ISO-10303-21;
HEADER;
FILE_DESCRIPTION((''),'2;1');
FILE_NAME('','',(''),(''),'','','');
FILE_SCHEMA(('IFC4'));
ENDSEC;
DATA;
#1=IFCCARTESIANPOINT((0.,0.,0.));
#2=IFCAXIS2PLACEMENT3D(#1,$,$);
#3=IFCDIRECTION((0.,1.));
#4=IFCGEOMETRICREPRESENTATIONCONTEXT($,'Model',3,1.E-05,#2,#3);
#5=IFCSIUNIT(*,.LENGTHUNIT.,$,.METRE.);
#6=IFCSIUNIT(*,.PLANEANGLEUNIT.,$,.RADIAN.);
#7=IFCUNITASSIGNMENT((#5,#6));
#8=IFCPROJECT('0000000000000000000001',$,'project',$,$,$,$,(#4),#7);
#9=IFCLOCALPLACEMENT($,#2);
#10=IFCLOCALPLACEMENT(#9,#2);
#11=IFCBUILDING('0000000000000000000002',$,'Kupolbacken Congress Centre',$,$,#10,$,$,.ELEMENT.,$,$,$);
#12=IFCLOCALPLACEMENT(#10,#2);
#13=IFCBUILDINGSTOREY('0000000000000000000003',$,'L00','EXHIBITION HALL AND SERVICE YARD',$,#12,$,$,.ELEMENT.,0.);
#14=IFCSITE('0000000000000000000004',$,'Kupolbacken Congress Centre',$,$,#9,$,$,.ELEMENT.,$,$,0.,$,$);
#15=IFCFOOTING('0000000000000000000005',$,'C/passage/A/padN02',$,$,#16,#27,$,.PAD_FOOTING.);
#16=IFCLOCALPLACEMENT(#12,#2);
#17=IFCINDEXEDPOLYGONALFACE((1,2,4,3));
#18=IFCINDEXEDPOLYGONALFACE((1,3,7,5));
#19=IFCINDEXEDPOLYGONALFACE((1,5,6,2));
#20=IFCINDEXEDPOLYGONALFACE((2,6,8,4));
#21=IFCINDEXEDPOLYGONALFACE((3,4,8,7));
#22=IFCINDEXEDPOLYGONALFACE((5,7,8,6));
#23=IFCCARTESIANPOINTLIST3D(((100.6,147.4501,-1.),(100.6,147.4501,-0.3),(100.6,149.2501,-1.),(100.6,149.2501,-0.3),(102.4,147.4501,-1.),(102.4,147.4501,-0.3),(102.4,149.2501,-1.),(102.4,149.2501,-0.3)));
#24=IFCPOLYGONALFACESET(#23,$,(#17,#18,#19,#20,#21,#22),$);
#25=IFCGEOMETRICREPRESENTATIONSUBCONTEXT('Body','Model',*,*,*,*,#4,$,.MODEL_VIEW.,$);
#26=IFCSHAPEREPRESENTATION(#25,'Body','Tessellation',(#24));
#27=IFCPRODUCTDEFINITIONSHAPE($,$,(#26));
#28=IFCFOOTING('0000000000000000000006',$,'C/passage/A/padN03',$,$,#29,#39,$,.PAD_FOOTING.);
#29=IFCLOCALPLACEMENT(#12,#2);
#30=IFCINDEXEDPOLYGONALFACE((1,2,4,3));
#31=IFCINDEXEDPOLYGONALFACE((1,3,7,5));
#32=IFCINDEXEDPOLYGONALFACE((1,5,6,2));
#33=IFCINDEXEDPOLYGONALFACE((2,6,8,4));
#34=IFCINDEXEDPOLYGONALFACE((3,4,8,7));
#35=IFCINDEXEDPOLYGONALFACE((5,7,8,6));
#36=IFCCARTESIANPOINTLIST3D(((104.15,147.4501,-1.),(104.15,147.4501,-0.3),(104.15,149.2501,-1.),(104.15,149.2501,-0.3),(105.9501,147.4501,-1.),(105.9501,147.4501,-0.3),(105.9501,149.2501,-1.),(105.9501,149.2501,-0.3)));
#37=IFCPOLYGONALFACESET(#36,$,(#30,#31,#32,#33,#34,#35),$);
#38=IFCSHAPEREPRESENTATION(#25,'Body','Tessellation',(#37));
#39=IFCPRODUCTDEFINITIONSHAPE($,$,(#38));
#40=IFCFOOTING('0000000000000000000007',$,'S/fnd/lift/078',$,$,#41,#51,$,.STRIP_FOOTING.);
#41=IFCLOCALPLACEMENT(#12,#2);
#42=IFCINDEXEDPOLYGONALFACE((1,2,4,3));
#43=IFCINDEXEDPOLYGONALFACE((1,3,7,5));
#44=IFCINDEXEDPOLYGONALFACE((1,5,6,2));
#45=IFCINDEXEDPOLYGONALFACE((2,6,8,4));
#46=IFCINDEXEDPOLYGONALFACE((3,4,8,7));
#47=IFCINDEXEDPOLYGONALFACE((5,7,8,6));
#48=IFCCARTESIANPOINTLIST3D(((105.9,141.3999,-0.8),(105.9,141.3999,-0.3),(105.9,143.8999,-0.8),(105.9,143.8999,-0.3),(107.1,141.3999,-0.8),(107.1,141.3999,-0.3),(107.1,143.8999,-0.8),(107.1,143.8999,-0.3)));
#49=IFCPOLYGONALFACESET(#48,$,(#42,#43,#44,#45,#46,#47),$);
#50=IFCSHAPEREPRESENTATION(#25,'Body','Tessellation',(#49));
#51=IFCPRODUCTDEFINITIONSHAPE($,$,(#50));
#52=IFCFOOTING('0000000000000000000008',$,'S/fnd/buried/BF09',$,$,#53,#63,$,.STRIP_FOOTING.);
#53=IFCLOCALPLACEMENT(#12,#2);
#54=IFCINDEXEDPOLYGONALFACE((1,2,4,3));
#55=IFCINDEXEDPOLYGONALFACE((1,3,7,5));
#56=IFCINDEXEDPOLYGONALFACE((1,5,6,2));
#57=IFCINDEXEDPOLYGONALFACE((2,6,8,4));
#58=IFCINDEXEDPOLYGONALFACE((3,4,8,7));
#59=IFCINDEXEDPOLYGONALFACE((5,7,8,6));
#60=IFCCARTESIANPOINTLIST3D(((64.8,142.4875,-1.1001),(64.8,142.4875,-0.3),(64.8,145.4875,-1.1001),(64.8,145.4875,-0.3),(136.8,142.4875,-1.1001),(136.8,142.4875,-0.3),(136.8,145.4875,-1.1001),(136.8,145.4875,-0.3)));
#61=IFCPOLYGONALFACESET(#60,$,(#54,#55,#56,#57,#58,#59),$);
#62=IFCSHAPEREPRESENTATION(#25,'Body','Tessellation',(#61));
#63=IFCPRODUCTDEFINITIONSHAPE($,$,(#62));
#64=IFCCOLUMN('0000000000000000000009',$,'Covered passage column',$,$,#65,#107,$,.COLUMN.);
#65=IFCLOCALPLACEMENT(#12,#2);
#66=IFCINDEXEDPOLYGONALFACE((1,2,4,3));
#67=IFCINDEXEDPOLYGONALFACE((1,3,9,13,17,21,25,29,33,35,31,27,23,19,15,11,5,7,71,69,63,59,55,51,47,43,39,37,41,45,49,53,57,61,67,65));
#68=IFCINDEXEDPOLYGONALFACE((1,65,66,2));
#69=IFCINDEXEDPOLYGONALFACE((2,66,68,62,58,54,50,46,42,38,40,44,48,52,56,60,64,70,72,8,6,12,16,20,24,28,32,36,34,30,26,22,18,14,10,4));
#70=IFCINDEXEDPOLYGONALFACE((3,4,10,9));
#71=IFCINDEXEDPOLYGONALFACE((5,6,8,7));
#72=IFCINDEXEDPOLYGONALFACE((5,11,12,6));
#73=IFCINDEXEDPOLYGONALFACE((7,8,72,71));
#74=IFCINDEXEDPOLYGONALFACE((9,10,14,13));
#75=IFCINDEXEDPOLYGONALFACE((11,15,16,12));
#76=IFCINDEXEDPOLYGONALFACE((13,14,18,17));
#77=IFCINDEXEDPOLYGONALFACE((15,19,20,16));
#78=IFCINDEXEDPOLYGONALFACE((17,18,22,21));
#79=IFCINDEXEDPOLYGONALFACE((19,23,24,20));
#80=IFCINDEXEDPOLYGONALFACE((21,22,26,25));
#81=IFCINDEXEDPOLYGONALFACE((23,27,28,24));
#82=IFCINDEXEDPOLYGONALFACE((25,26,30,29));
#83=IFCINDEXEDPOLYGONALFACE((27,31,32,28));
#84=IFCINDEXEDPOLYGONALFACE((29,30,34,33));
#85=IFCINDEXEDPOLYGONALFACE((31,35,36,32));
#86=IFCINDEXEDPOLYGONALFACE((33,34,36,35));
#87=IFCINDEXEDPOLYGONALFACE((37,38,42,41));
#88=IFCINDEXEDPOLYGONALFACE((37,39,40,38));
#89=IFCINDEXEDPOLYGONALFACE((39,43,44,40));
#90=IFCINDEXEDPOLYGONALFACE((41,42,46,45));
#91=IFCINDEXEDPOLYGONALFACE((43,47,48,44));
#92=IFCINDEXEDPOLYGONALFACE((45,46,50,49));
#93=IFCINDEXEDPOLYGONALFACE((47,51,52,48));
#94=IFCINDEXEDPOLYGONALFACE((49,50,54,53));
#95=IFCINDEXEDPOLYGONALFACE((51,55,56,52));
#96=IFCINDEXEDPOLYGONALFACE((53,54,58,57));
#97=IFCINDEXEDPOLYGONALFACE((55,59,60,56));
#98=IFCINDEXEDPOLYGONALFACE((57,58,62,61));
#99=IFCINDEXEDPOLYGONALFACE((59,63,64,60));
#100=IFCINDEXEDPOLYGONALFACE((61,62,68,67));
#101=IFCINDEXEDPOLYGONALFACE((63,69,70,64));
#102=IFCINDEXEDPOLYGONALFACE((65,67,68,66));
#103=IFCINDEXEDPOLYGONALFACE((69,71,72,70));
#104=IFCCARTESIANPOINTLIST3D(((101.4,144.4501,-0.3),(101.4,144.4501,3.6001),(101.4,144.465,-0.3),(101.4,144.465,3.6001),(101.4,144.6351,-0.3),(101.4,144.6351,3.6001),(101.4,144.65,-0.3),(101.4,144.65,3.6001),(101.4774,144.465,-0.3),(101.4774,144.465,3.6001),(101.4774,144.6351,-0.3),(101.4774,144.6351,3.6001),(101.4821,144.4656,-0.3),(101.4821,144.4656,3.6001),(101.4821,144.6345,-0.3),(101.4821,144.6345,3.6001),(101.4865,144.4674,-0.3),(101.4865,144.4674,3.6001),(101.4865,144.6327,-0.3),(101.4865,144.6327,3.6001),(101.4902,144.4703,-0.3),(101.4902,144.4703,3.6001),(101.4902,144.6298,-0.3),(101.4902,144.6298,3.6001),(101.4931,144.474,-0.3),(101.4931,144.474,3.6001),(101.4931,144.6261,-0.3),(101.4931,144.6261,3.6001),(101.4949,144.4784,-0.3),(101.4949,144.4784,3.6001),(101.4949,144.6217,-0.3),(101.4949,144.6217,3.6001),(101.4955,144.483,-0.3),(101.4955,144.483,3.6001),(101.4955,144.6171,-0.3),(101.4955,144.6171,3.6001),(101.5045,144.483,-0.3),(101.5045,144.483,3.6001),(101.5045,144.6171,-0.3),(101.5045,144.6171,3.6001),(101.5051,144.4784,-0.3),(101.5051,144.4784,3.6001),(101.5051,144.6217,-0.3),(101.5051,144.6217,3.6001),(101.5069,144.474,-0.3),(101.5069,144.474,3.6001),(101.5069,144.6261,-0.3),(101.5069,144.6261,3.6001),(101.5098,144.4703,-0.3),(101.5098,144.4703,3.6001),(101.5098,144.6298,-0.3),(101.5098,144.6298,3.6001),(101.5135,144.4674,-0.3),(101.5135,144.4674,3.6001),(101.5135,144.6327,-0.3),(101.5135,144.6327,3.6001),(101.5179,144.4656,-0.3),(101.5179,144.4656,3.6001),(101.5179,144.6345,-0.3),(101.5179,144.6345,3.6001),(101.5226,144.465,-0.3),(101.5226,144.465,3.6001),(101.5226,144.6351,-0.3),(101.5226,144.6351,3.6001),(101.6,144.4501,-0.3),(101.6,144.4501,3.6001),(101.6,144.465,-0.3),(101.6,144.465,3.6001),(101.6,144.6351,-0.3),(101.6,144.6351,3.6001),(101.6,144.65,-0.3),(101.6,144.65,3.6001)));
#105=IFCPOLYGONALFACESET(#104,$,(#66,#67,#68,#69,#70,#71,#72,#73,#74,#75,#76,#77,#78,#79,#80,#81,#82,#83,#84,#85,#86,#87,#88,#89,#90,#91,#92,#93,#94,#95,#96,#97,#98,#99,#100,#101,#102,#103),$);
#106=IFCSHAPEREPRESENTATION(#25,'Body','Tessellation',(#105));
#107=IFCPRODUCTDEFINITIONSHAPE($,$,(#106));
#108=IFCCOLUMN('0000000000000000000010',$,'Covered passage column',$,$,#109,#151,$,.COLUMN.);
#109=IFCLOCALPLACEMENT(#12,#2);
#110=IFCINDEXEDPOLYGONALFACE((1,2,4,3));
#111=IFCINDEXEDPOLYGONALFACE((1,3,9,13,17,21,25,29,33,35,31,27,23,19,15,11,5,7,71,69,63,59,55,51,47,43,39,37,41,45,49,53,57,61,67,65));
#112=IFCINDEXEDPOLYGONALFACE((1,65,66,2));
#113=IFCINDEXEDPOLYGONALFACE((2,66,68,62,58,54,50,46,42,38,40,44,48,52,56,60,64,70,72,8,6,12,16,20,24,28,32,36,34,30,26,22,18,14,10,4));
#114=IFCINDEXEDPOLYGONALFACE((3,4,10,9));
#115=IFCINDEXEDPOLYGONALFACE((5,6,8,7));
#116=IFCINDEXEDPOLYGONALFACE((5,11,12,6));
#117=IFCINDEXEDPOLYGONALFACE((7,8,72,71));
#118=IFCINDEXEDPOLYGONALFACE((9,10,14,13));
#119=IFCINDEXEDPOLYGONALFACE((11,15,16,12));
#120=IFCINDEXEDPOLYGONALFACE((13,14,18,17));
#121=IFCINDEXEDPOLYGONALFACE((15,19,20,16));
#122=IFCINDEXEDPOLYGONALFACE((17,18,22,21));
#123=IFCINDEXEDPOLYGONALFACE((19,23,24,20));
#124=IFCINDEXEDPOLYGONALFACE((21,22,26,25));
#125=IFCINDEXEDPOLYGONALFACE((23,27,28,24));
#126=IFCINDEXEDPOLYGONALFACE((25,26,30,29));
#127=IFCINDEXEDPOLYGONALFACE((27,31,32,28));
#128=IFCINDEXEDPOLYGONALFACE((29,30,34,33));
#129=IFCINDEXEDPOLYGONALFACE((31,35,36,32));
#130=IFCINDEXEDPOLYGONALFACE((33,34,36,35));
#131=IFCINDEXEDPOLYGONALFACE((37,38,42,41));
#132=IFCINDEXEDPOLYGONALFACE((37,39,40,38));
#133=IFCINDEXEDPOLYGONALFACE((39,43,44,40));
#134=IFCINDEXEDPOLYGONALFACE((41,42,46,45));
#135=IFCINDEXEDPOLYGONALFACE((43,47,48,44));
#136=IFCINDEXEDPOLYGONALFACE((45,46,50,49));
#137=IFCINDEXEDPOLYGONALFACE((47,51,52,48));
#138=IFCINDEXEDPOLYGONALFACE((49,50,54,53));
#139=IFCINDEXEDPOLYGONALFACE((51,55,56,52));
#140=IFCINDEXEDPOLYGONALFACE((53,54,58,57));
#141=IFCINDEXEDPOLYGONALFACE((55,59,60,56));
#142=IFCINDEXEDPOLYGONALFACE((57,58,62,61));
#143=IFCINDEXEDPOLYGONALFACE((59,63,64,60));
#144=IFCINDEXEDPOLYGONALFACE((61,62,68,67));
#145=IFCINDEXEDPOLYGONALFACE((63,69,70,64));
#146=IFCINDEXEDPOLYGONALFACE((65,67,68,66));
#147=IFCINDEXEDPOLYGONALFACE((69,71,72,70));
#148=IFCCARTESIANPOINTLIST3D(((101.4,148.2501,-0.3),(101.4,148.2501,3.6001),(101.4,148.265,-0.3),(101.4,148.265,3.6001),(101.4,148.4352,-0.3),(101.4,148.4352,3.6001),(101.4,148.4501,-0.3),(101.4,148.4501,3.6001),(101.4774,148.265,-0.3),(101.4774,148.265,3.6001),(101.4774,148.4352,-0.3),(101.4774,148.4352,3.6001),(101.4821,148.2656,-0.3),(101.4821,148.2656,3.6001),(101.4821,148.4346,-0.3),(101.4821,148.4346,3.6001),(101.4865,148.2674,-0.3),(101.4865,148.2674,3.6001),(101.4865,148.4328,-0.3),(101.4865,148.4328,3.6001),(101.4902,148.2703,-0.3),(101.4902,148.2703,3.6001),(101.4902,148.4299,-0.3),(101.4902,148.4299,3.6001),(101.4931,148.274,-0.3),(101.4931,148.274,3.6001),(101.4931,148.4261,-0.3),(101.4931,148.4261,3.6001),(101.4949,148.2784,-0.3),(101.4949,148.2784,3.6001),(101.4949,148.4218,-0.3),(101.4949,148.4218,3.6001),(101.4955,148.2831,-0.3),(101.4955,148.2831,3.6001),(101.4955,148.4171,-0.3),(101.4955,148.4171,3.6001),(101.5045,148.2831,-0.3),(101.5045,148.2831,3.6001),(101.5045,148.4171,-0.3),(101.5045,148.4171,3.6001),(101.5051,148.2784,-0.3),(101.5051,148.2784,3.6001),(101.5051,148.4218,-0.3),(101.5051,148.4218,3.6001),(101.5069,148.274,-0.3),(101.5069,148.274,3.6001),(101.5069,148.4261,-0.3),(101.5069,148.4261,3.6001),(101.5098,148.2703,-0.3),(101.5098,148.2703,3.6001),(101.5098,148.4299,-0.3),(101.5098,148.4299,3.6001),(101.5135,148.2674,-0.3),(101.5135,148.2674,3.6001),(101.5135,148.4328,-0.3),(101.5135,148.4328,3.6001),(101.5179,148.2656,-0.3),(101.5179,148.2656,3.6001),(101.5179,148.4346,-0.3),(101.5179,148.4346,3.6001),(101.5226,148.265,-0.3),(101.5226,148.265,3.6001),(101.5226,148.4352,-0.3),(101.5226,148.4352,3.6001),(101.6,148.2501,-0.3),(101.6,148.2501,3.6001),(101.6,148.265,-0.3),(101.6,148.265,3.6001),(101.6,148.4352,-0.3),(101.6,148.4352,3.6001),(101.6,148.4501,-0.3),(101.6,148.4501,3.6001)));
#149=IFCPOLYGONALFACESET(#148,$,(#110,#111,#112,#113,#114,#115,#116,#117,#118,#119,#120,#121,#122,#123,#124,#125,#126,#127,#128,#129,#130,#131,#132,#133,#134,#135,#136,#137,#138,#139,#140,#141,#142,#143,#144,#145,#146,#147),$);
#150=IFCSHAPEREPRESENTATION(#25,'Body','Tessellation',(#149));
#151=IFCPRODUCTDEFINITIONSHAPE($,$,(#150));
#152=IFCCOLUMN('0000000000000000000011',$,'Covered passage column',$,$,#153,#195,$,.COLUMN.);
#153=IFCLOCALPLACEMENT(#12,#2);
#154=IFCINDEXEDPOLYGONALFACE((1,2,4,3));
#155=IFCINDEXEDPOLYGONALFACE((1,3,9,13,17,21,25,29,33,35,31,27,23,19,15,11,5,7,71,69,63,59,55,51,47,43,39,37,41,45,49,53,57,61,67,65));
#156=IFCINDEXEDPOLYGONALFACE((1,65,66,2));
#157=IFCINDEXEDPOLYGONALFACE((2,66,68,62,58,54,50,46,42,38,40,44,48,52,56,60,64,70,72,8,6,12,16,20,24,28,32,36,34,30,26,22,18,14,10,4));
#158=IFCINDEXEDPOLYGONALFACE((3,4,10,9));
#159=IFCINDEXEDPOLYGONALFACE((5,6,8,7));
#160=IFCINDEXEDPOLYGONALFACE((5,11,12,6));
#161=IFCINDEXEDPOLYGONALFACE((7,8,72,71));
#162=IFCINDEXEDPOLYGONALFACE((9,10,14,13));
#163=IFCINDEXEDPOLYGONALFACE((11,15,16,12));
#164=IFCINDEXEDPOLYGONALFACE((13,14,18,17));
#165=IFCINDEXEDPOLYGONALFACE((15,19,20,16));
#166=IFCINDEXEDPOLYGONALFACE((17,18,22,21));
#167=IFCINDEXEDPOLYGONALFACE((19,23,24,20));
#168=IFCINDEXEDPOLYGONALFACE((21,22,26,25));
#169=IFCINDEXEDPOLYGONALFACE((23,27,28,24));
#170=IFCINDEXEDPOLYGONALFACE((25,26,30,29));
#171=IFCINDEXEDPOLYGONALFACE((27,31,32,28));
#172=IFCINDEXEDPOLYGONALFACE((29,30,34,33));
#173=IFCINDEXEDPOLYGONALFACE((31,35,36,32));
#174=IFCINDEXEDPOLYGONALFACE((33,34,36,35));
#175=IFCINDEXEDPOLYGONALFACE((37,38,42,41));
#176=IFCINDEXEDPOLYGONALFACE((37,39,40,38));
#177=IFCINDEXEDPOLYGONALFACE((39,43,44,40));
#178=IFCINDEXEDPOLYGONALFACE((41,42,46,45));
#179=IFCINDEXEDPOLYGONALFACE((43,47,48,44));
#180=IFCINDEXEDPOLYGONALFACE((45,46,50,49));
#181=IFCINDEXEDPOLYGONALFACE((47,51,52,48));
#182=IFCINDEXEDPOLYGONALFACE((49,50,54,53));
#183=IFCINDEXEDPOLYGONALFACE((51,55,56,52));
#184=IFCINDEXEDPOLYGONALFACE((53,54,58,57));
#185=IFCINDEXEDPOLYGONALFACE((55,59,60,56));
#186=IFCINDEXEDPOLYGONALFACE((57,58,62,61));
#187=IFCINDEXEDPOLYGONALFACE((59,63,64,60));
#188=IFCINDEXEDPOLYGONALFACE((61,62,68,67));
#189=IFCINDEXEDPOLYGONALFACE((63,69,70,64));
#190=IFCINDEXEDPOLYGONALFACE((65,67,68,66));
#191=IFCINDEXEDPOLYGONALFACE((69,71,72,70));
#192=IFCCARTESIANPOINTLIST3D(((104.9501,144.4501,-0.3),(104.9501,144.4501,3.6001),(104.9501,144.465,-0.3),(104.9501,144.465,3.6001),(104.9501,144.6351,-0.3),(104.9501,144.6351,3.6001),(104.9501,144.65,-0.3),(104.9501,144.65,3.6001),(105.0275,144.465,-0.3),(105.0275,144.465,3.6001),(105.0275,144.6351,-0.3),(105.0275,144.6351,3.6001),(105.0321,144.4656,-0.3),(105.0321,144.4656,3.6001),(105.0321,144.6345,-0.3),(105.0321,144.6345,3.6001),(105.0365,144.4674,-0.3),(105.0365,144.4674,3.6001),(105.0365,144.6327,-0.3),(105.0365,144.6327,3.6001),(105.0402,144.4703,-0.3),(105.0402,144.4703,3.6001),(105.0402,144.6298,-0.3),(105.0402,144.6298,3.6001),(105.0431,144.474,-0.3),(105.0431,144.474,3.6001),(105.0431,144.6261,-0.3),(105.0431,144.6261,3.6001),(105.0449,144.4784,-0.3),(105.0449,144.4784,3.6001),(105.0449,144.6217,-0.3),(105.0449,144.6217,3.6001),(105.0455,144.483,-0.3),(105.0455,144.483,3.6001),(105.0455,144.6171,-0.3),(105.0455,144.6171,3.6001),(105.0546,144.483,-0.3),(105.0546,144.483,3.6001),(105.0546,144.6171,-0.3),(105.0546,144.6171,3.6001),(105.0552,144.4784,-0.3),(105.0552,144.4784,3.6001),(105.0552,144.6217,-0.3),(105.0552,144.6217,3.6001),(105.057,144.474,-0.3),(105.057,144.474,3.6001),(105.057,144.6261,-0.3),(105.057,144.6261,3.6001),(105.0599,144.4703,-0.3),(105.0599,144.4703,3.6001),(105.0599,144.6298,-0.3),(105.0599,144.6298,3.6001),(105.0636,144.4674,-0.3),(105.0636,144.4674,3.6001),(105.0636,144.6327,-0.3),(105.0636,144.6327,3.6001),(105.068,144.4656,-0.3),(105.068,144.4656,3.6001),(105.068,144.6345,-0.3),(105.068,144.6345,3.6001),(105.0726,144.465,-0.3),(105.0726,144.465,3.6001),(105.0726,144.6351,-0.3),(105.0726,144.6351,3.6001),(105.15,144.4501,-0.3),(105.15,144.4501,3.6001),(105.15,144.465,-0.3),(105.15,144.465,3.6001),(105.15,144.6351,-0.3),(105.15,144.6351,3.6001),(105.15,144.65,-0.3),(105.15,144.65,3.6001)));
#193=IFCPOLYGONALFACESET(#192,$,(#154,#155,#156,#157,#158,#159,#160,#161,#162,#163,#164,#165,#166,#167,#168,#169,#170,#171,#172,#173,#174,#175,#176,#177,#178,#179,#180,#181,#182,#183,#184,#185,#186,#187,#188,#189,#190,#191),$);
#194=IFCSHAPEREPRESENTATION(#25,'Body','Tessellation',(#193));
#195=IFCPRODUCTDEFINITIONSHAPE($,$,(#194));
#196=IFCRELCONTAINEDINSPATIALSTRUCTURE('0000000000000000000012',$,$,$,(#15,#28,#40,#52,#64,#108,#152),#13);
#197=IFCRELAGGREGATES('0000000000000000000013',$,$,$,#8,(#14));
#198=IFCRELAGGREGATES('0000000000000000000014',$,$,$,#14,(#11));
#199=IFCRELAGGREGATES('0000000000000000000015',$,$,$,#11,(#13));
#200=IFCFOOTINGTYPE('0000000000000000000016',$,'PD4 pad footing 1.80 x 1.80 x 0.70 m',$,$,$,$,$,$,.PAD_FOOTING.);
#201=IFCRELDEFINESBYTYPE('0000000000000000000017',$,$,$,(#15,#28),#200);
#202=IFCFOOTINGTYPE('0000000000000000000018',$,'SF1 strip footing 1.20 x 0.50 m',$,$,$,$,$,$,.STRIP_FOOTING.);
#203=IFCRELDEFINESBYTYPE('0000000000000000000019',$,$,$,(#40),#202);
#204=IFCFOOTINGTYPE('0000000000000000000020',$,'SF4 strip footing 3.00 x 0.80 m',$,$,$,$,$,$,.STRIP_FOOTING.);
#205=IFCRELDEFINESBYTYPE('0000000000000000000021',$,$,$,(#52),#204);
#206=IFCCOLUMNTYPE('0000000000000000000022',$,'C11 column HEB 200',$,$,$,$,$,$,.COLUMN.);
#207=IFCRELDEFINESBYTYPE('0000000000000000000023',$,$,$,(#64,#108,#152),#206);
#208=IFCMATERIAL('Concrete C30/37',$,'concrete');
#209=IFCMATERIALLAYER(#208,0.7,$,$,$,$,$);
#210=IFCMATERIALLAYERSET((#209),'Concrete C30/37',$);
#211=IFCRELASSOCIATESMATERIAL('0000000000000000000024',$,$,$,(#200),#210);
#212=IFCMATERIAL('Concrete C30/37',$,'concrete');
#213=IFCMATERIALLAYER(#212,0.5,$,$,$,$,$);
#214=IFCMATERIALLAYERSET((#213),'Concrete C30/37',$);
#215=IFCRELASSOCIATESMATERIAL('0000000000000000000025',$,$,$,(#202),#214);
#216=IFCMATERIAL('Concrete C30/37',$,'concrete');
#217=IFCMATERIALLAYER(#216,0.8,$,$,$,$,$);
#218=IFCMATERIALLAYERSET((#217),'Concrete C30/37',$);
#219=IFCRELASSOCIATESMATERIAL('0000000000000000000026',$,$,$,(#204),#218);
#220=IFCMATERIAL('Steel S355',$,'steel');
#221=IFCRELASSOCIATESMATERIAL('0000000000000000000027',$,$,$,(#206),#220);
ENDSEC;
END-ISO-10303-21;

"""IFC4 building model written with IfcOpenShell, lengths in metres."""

from ifc_helpers import new_model, si_unit, direction, frame, origin, origin_2d, place, context, subcontext, project, spatial, rectangle, i_section, extrude, material, layer, layer_set, material_profile, profile_set, type_object, element, save


model = new_model("IFC4")

# Units and contexts
model_context = context("Model", 3, precision=1e-05, world=origin(), true_north=direction((0.0, 1.0)))
body_context = subcontext(model_context, "Body", "Model", "MODEL_VIEW")
ifc_project = project(units=[si_unit("LENGTHUNIT", "METRE"), si_unit("PLANEANGLEUNIT", "RADIAN")], contexts=[model_context])

# Site, building, storey
site_placement = place(None, origin())
site = spatial("IfcSite", under=ifc_project, at=site_placement, Name="Kupolbacken Congress Centre", CompositionType="ELEMENT", RefElevation=0.0)
building_placement = place(site_placement, origin())
building = spatial("IfcBuilding", under=site, at=building_placement, Name="Kupolbacken Congress Centre", CompositionType="ELEMENT")
storey_placement = place(building_placement, origin())
storey = spatial("IfcBuildingStorey", under=building, at=storey_placement, Name="L00", Description="EXHIBITION HALL AND SERVICE YARD", CompositionType="ELEMENT", Elevation=0.0)

# Footings
ifc_material_1 = material(Name="Concrete C30/37", Category="concrete")
ifc_layer_1 = layer(ifc_material_1, 0.7)
ifc_layer_set_1 = layer_set([ifc_layer_1], Name="Concrete C30/37")
footing_type_1 = type_object("IfcFootingType", Name="PD4 pad footing 1.80 x 1.80 x 0.70 m", PredefinedType="PAD_FOOTING", material=ifc_layer_set_1)
for number, where, z_axis, x_axis, name in (
    (1, (101.5, 148.3501, -1.0), (0.0, 0.0, 1.0), (1.0, 0.0, 0.0), "C/passage/A/padN02"),
    (2, (105.05, 148.3501, -1.0), (0.0, 0.0, 1.0), (1.0, 0.0, 0.0), "C/passage/A/padN03"),
):
    element("IfcFooting", number, at=place(storey_placement, frame(where, z_axis=z_axis, x_axis=x_axis)), inside=storey, type_object=footing_type_1, Name=name, PredefinedType="PAD_FOOTING", context=body_context, shape_type="SweptSolid", body=[
        extrude(rectangle(XDim=1.8, YDim=1.8, at=origin_2d()), origin(), (0.0, 0.0, 1.0), 0.7),
    ])
ifc_material_2 = material(Name="Concrete C30/37", Category="concrete")
ifc_layer_2 = layer(ifc_material_2, 0.5)
ifc_layer_set_2 = layer_set([ifc_layer_2], Name="Concrete C30/37")
footing_type_2 = type_object("IfcFootingType", Name="SF1 strip footing 1.20 x 0.50 m", PredefinedType="STRIP_FOOTING", material=ifc_layer_set_2)
footing_1_placement = place(storey_placement, frame((106.5, 142.6499, -0.8), z_axis=(0.0, 0.0, 1.0), x_axis=(0.0, 1.0, 0.0)))
element("IfcFooting", 3, at=footing_1_placement, inside=storey, type_object=footing_type_2, Name="S/fnd/lift/078", PredefinedType="STRIP_FOOTING", context=body_context, shape_type="SweptSolid", body=[
    extrude(rectangle(XDim=2.5, YDim=1.2, at=origin_2d()), origin(), (0.0, 0.0, 1.0), 0.5),
])
ifc_material_3 = material(Name="Concrete C30/37", Category="concrete")
ifc_layer_3 = layer(ifc_material_3, 0.8)
ifc_layer_set_3 = layer_set([ifc_layer_3], Name="Concrete C30/37")
footing_type_3 = type_object("IfcFootingType", Name="SF4 strip footing 3.00 x 0.80 m", PredefinedType="STRIP_FOOTING", material=ifc_layer_set_3)
footing_2_placement = place(storey_placement, frame((100.8, 143.9875, -1.1001), z_axis=(0.0, 0.0, 1.0), x_axis=(1.0, 0.0, 0.0)))
element("IfcFooting", 4, at=footing_2_placement, inside=storey, type_object=footing_type_3, Name="S/fnd/buried/BF09", PredefinedType="STRIP_FOOTING", context=body_context, shape_type="SweptSolid", body=[
    extrude(rectangle(XDim=72.0, YDim=3.0, at=origin_2d()), origin(), (0.0, 0.0, 1.0), 0.8),
])

# Columns
ifc_material_4 = material(Name="Steel S355", Category="steel")
ifc_material_profile = material_profile(ifc_material_4, i_section(OverallWidth=0.2, OverallDepth=0.2, WebThickness=0.009, FlangeThickness=0.0149, FilletRadius=0.0181, at=origin_2d()), Name="HEB 200")
ifc_profile_set = profile_set([ifc_material_profile], Name="Steel S355")
column_type = type_object("IfcColumnType", Name="C11 column HEB 200", PredefinedType="COLUMN", material=ifc_profile_set)
for number, where, z_axis, x_axis, name in (
    (5, (101.5, 144.55, -0.3), (0.0, 0.0, 1.0), (1.0, 0.0, 0.0), "Covered passage column"),
    (6, (101.5, 148.3501, -0.3), (0.0, 0.0, 1.0), (1.0, 0.0, 0.0), "Covered passage column"),
    (7, (105.05, 144.55, -0.3), (0.0, 0.0, 1.0), (1.0, 0.0, 0.0), "Covered passage column"),
):
    element("IfcColumn", number, at=place(storey_placement, frame(where, z_axis=z_axis, x_axis=x_axis)), inside=storey, type_object=column_type, Name=name, PredefinedType="COLUMN", context=body_context, shape_type="SweptSolid", body=[
        extrude(i_section(OverallWidth=0.2, OverallDepth=0.2, WebThickness=0.009, FlangeThickness=0.0149, FilletRadius=0.0181, at=origin_2d()), origin(), (0.0, 0.0, 1.0), 3.9001),
    ])

save(model, "model.ifc")
